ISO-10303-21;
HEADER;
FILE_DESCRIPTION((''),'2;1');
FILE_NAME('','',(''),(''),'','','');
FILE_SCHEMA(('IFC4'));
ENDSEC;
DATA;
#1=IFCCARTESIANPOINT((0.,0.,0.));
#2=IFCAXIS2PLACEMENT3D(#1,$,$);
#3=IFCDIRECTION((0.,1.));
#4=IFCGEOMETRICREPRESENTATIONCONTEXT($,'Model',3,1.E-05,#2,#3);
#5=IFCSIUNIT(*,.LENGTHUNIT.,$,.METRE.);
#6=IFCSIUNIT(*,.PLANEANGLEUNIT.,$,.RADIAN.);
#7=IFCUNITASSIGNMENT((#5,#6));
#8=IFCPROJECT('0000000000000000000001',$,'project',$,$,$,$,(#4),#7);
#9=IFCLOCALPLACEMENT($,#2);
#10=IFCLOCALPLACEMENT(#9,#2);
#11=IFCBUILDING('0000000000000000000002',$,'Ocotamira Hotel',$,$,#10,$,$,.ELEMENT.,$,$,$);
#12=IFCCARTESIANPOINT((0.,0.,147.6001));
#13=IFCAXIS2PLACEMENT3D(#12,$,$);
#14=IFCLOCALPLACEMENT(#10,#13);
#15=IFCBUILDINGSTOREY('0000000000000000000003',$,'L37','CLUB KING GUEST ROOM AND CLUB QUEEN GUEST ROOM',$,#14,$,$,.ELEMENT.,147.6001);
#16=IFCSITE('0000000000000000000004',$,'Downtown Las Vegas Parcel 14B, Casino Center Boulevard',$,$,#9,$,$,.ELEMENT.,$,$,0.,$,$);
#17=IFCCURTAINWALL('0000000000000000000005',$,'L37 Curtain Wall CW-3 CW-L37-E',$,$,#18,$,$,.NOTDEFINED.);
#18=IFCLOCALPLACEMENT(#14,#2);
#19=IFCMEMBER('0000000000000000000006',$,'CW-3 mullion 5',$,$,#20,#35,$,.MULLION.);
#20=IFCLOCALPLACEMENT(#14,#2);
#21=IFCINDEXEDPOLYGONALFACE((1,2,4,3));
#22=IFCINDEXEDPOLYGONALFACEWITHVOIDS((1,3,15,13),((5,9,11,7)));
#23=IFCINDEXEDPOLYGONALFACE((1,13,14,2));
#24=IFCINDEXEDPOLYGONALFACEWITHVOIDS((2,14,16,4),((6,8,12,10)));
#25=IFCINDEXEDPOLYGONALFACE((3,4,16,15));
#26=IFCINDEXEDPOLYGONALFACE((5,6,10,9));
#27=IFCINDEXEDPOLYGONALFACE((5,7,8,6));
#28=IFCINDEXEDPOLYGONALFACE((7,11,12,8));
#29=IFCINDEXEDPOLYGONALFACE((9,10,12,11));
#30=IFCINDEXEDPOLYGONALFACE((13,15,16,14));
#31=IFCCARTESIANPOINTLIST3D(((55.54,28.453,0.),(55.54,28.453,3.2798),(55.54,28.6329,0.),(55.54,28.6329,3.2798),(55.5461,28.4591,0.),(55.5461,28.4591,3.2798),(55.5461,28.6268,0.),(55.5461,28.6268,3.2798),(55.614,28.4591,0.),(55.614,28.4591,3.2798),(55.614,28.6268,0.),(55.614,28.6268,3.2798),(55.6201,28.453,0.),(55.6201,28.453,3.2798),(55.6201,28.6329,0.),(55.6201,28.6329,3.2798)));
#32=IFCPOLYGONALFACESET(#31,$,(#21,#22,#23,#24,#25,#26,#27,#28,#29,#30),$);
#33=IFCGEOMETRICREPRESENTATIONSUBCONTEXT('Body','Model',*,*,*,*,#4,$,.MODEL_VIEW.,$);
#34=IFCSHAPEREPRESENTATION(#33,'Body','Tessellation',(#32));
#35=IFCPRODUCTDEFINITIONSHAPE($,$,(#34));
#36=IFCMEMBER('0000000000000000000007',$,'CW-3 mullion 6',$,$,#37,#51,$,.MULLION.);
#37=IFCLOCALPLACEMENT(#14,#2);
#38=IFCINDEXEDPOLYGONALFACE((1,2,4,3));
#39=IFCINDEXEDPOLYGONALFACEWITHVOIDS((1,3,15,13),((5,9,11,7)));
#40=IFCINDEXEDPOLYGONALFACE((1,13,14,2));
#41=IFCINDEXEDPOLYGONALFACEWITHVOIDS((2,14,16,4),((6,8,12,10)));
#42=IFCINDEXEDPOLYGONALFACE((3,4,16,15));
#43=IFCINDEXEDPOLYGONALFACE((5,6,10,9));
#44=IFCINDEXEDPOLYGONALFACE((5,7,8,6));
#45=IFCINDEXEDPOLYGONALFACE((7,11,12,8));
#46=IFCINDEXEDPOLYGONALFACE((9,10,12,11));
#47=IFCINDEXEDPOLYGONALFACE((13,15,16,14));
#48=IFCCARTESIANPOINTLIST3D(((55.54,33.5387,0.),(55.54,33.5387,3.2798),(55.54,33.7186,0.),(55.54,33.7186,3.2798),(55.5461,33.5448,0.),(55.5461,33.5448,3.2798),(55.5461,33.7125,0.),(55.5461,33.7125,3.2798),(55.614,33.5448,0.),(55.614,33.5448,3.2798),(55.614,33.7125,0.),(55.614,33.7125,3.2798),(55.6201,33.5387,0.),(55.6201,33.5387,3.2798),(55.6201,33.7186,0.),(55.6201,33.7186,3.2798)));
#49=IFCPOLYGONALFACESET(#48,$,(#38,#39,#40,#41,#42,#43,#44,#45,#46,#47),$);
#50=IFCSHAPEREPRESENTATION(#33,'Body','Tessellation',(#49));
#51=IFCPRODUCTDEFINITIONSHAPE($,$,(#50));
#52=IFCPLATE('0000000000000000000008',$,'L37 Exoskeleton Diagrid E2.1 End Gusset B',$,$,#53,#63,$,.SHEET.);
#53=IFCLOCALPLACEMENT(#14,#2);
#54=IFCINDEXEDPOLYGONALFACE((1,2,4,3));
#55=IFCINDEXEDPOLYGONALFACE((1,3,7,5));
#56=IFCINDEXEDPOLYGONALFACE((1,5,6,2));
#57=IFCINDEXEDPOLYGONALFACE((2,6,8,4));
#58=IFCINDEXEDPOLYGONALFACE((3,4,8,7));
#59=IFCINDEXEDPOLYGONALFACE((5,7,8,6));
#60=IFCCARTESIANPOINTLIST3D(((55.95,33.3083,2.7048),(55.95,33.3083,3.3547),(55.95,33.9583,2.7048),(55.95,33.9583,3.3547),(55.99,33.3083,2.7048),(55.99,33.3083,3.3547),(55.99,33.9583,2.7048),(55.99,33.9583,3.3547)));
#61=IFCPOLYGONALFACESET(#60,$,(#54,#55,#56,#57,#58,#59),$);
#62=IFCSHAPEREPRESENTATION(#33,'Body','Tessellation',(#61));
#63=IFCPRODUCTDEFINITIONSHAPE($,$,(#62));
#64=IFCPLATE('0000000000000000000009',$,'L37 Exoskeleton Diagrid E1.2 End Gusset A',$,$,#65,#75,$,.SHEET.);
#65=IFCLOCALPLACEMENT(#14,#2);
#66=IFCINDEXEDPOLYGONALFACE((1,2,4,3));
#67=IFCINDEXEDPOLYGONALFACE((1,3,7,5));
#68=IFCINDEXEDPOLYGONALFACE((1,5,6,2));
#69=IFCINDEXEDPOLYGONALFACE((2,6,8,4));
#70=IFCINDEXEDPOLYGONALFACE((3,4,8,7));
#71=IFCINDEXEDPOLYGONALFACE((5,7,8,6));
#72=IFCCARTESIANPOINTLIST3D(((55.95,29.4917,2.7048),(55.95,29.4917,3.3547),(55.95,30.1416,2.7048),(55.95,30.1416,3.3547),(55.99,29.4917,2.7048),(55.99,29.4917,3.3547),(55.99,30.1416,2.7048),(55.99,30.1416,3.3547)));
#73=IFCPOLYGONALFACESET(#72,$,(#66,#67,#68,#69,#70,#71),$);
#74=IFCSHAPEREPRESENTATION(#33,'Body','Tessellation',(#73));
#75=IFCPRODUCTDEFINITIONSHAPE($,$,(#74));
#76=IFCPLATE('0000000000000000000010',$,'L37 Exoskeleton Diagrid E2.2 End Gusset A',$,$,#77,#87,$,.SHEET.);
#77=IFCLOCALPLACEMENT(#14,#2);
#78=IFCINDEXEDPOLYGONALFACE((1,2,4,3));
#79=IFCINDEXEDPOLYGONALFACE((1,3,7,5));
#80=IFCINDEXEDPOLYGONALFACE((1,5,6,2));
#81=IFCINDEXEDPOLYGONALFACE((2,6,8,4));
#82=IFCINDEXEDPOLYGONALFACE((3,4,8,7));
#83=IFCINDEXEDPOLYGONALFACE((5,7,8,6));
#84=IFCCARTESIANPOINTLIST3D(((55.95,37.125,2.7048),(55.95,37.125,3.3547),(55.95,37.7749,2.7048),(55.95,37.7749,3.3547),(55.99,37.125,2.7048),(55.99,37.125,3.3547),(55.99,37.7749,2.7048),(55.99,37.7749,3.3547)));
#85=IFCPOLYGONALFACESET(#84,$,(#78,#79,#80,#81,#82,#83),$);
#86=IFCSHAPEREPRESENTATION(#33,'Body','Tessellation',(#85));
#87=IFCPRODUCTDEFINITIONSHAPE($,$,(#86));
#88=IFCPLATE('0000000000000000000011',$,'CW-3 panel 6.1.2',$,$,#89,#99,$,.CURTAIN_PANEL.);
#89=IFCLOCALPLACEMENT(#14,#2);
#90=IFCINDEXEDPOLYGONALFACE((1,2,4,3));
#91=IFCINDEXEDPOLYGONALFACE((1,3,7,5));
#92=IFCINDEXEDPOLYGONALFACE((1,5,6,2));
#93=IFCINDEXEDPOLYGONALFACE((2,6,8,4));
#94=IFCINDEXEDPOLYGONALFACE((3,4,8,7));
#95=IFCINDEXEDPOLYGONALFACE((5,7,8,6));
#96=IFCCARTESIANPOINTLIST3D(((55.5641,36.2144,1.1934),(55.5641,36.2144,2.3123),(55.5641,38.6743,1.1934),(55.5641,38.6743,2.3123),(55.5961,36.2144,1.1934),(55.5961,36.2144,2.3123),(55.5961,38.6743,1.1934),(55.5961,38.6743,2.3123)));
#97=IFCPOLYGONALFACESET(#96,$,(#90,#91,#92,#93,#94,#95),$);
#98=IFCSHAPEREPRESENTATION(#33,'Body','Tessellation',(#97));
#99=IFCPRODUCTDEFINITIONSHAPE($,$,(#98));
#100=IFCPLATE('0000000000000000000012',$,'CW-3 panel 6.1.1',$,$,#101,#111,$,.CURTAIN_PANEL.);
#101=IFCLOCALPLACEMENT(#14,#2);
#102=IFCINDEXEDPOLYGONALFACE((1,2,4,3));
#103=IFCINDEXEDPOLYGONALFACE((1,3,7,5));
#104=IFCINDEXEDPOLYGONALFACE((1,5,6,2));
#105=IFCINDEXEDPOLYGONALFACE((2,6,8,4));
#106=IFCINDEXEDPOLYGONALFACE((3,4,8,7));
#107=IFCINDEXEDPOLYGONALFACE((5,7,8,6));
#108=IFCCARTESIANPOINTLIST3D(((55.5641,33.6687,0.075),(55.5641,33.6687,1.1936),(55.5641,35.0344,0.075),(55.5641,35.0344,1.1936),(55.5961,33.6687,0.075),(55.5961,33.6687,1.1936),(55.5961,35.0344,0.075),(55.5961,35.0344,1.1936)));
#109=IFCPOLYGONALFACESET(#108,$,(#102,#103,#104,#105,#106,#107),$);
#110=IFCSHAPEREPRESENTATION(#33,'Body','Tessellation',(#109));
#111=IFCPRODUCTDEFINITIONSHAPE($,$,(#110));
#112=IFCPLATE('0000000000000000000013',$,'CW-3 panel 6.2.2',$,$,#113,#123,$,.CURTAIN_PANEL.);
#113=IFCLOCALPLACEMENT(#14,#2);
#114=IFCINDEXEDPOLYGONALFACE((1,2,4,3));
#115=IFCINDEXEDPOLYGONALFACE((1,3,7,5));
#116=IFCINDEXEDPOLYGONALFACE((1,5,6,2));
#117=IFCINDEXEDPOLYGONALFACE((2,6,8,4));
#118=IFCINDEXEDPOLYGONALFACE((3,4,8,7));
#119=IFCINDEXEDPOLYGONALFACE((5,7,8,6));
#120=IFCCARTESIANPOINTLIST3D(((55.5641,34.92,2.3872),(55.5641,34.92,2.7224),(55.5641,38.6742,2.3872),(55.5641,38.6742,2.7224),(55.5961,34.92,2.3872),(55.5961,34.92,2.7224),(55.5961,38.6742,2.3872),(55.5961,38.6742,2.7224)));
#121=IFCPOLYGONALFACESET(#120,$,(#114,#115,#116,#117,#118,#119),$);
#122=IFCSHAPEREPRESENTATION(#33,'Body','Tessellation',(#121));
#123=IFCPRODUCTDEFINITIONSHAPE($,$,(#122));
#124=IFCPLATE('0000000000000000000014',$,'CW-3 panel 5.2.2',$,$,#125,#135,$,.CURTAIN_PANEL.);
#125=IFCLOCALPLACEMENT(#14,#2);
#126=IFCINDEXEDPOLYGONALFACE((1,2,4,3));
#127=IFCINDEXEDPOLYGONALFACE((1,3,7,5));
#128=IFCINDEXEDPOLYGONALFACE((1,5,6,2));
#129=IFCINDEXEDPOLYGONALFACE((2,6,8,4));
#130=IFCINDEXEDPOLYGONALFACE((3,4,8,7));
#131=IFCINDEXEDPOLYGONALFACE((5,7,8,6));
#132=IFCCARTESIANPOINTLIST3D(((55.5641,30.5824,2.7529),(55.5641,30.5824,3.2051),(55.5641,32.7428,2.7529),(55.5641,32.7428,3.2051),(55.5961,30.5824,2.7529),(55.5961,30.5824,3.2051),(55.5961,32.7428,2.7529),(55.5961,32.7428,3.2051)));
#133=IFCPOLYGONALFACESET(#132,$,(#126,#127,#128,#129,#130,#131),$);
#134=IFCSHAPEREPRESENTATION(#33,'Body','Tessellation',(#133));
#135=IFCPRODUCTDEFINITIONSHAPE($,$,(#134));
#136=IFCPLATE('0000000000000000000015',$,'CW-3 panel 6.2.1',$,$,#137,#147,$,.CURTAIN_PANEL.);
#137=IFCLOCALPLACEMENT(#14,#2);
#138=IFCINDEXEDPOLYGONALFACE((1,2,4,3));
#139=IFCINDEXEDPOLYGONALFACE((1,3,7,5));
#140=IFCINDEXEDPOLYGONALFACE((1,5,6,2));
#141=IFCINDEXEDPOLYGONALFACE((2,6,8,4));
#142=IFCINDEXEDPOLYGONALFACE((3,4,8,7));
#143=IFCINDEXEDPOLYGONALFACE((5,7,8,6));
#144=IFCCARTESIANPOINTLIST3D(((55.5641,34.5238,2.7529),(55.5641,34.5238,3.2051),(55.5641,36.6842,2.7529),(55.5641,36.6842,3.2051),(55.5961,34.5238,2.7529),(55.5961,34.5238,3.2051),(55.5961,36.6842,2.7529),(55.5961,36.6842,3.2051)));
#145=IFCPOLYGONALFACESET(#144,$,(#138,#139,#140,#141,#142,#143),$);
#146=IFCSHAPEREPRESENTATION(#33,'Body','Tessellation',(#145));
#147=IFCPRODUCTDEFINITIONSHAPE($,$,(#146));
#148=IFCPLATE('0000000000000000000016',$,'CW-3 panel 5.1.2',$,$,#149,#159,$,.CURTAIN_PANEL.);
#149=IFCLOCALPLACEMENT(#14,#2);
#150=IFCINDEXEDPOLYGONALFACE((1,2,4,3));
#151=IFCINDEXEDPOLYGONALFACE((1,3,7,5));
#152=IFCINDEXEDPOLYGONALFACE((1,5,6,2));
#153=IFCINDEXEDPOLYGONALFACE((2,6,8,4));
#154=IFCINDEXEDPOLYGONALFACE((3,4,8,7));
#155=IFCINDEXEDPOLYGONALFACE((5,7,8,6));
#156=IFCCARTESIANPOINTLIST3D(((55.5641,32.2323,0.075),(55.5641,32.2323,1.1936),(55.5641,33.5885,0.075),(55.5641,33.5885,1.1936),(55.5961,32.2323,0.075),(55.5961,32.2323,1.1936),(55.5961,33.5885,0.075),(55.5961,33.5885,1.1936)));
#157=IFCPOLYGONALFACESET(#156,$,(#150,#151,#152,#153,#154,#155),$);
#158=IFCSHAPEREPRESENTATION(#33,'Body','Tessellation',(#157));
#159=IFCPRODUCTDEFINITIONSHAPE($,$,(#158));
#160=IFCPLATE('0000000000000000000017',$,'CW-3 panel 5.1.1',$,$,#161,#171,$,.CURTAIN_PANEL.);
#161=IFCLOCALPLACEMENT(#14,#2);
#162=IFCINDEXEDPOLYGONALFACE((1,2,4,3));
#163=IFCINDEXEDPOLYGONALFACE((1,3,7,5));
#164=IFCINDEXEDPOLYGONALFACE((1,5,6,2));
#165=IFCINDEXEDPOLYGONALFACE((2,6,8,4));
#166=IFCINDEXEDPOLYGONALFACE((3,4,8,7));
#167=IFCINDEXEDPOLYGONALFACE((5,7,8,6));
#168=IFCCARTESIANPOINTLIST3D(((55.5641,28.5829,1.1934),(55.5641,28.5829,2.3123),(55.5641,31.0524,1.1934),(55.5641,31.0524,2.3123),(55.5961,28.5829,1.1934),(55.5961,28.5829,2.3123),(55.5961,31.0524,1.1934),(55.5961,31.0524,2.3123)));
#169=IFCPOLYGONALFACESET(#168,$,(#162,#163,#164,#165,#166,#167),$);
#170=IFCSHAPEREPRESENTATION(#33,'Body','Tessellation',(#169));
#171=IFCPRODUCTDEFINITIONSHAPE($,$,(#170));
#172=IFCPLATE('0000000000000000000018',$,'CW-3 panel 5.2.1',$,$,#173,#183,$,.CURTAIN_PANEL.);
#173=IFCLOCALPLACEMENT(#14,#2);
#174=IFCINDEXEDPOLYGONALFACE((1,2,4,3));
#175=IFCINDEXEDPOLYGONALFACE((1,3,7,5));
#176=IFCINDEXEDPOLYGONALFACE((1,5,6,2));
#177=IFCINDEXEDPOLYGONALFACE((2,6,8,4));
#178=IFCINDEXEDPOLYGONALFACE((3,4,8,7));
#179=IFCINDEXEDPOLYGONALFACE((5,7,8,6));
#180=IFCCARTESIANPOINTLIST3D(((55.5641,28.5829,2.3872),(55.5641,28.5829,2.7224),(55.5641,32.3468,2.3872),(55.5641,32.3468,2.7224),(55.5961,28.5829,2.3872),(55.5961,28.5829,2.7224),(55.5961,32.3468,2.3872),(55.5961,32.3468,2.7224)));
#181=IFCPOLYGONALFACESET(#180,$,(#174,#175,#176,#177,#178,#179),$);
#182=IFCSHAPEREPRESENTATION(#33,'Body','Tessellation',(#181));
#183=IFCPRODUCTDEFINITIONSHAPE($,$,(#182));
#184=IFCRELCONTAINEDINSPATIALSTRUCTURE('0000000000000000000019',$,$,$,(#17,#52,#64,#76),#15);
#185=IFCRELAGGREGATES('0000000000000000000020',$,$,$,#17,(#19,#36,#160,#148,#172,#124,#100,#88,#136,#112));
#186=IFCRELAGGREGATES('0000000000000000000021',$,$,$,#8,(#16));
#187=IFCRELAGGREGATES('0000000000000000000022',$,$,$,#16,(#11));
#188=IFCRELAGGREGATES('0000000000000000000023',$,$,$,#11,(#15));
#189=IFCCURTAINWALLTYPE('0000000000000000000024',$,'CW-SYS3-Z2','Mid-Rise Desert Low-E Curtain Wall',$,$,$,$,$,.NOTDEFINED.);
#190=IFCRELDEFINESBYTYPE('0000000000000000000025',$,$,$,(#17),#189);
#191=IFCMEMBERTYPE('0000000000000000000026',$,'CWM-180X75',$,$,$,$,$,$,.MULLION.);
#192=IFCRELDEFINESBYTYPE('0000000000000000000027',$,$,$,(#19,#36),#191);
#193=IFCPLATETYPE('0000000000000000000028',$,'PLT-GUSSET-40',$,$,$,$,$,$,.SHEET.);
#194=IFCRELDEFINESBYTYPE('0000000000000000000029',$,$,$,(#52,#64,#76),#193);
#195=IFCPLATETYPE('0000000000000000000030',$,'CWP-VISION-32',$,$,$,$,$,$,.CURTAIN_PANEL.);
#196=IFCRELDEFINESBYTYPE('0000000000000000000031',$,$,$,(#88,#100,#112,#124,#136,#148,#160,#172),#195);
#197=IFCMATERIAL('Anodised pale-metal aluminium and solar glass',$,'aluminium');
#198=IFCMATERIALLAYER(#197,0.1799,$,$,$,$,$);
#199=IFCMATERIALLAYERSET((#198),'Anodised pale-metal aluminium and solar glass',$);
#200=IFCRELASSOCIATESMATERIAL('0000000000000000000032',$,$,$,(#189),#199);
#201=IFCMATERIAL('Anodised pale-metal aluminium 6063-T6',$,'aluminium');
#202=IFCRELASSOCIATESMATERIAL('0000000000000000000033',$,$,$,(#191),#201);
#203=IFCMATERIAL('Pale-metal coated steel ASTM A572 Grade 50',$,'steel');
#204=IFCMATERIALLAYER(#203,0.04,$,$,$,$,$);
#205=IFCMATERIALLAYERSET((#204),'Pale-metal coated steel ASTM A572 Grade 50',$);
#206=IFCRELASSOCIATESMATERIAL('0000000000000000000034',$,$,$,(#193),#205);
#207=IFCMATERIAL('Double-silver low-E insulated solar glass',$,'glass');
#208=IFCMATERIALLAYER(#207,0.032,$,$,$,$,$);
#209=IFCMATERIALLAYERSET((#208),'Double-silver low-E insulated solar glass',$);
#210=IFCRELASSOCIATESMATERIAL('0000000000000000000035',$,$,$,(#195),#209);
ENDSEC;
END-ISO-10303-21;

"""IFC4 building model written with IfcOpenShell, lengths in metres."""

from ifc_helpers import new_model, si_unit, direction, frame, origin, origin_2d, place, context, subcontext, project, spatial, rectangle, hollow_rectangle, extrude, source, transform, mapped, material, layer, layer_set, material_profile, profile_set, type_object, element, aggregate, save


model = new_model("IFC4")

# Units and contexts
model_context = context("Model", 3, precision=1e-05, world=origin(), true_north=direction((0.0, 1.0)))
body_context = subcontext(model_context, "Body", "Model", "MODEL_VIEW")
ifc_project = project(units=[si_unit("LENGTHUNIT", "METRE"), si_unit("PLANEANGLEUNIT", "RADIAN")], contexts=[model_context])

# Site, building, storey
site_placement = place(None, origin())
site = spatial("IfcSite", under=ifc_project, at=site_placement, Name="Downtown Las Vegas Parcel 14B, Casino Center Boulevard", CompositionType="ELEMENT", RefElevation=0.0)
building_placement = place(site_placement, origin())
building = spatial("IfcBuilding", under=site, at=building_placement, Name="Ocotamira Hotel", CompositionType="ELEMENT")
storey_placement = place(building_placement, frame((0.0, 0.0, 147.6001)))
storey = spatial("IfcBuildingStorey", under=building, at=storey_placement, Name="L37", Description="CLUB KING GUEST ROOM AND CLUB QUEEN GUEST ROOM", CompositionType="ELEMENT", Elevation=147.6001)

# Curtain wall, members
ifc_material_1 = material(Name="Anodised pale-metal aluminium and solar glass", Category="aluminium")
ifc_layer_1 = layer(ifc_material_1, 0.1799)
ifc_layer_set_1 = layer_set([ifc_layer_1], Name="Anodised pale-metal aluminium and solar glass")
curtain_wall_type = type_object("IfcCurtainWallType", Name="CW-SYS3-Z2", Description="Mid-Rise Desert Low-E Curtain Wall", PredefinedType="NOTDEFINED", material=ifc_layer_set_1)
curtain_wall_placement = place(storey_placement, origin())
curtain_wall = element("IfcCurtainWall", 1, at=curtain_wall_placement, inside=storey, type_object=curtain_wall_type, Name="L37 Curtain Wall CW-3 CW-L37-E", PredefinedType="NOTDEFINED")
ifc_material_2 = material(Name="Anodised pale-metal aluminium 6063-T6", Category="aluminium")
ifc_material_profile_1 = material_profile(ifc_material_2, hollow_rectangle(XDim=0.0801, YDim=0.1799, WallThickness=0.0061, at=origin_2d()), Name="HSS180X80X6")
ifc_profile_set_1 = profile_set([ifc_material_profile_1], Name="Anodised pale-metal aluminium 6063-T6")
member_type_1 = type_object("IfcMemberType", Name="CWM-180X75", PredefinedType="MULLION", material=ifc_profile_set_1)
shared_shape_1 = source(origin(), body_context, "Body", "SweptSolid", [
    extrude(hollow_rectangle(XDim=0.0801, YDim=0.1799, WallThickness=0.0061, at=origin_2d()), origin(), (0.0, 0.0, 1.0), 3.2798),
])
member_1_placement = place(storey_placement, frame((55.5801, 28.543, 0.0), z_axis=(0.0, 0.0, 1.0), x_axis=(-1.0, 0.0, 0.0)))
member_1 = element("IfcMember", 2, at=member_1_placement, type_object=member_type_1, Name="CW-3 mullion 5", PredefinedType="MULLION", context=body_context, shape_type="MappedRepresentation", body=[
    mapped(shared_shape_1, transform((0.0, 0.0, 0.0), scale=1.0)),
])
member_2_placement = place(storey_placement, frame((55.5801, 33.6287, 0.0), z_axis=(0.0, 0.0, 1.0), x_axis=(-1.0, 0.0, 0.0)))
member_2 = element("IfcMember", 3, at=member_2_placement, type_object=member_type_1, Name="CW-3 mullion 6", PredefinedType="MULLION", context=body_context, shape_type="MappedRepresentation", body=[
    mapped(shared_shape_1, transform((0.0, 0.0, 0.0), scale=1.0)),
])

# Plates
ifc_material_3 = material(Name="Pale-metal coated steel ASTM A572 Grade 50", Category="steel")
ifc_layer_2 = layer(ifc_material_3, 0.04)
ifc_layer_set_2 = layer_set([ifc_layer_2], Name="Pale-metal coated steel ASTM A572 Grade 50")
plate_type_1 = type_object("IfcPlateType", Name="PLT-GUSSET-40", PredefinedType="SHEET", material=ifc_layer_set_2)
shared_shape_2 = source(origin(), body_context, "Body", "SweptSolid", [
    extrude(rectangle(XDim=0.04, YDim=0.6499, at=origin_2d()), origin(), (0.0, 0.0, 1.0), 0.6499),
])
for number, where, z_axis, x_axis, name in (
    (4, (55.97, 33.6333, 2.7048), (0.0, 0.0, 1.0), (1.0, 0.0, 0.0), "L37 Exoskeleton Diagrid E2.1 End Gusset B"),
    (5, (55.97, 29.8167, 2.7048), (0.0, 0.0, 1.0), (1.0, 0.0, 0.0), "L37 Exoskeleton Diagrid E1.2 End Gusset A"),
    (6, (55.97, 37.45, 2.7048), (0.0, 0.0, 1.0), (1.0, 0.0, 0.0), "L37 Exoskeleton Diagrid E2.2 End Gusset A"),
):
    element("IfcPlate", number, at=place(storey_placement, frame(where, z_axis=z_axis, x_axis=x_axis)), inside=storey, type_object=plate_type_1, Name=name, PredefinedType="SHEET", context=body_context, shape_type="MappedRepresentation", body=[
        mapped(shared_shape_2, transform((0.0, 0.0, 0.0), scale=1.0)),
    ])

# Plates
ifc_material_4 = material(Name="Double-silver low-E insulated solar glass", Category="glass")
ifc_layer_3 = layer(ifc_material_4, 0.032)
ifc_layer_set_3 = layer_set([ifc_layer_3], Name="Double-silver low-E insulated solar glass")
plate_type_2 = type_object("IfcPlateType", Name="CWP-VISION-32", PredefinedType="CURTAIN_PANEL", material=ifc_layer_set_3)
shared_shape_3 = source(origin(), body_context, "Body", "SweptSolid", [
    extrude(rectangle(XDim=2.46, YDim=0.032, at=origin_2d()), origin(), (0.0, 0.0, 1.0), 1.1189),
])
plate_1_placement = place(storey_placement, frame((55.5801, 37.4443, 1.1934), z_axis=(0.0, 0.0, 1.0), x_axis=(0.0, 1.0, 0.0)))
plate_1 = element("IfcPlate", 7, at=plate_1_placement, type_object=plate_type_2, Name="CW-3 panel 6.1.2", PredefinedType="CURTAIN_PANEL", context=body_context, shape_type="MappedRepresentation", body=[
    mapped(shared_shape_3, transform((0.0, 0.0, 0.0), scale=1.0)),
])
shared_shape_4 = source(origin(), body_context, "Body", "SweptSolid", [
    extrude(rectangle(XDim=1.3657, YDim=0.032, at=origin_2d()), origin(), (0.0, 0.0, 1.0), 1.1187),
])
plate_2_placement = place(storey_placement, frame((55.5801, 34.3516, 0.075), z_axis=(0.0, 0.0, 1.0), x_axis=(0.0, 1.0, 0.0)))
plate_2 = element("IfcPlate", 8, at=plate_2_placement, type_object=plate_type_2, Name="CW-3 panel 6.1.1", PredefinedType="CURTAIN_PANEL", context=body_context, shape_type="MappedRepresentation", body=[
    mapped(shared_shape_4, transform((0.0, 0.0, 0.0), scale=1.0)),
])
shared_shape_5 = source(origin(), body_context, "Body", "SweptSolid", [
    extrude(rectangle(XDim=3.7542, YDim=0.032, at=origin_2d()), origin(), (0.0, 0.0, 1.0), 0.3352),
])
plate_3_placement = place(storey_placement, frame((55.5801, 36.7971, 2.3872), z_axis=(0.0, 0.0, 1.0), x_axis=(0.0, 1.0, 0.0)))
plate_3 = element("IfcPlate", 9, at=plate_3_placement, type_object=plate_type_2, Name="CW-3 panel 6.2.2", PredefinedType="CURTAIN_PANEL", context=body_context, shape_type="MappedRepresentation", body=[
    mapped(shared_shape_5, transform((0.0, 0.0, 0.0), scale=1.0)),
])
shared_shape_6 = source(origin(), body_context, "Body", "SweptSolid", [
    extrude(rectangle(XDim=2.1604, YDim=0.032, at=origin_2d()), origin(), (0.0, 0.0, 1.0), 0.4521),
])
plate_4_placement = place(storey_placement, frame((55.5801, 31.6626, 2.7529), z_axis=(0.0, 0.0, 1.0), x_axis=(0.0, 1.0, 0.0)))
plate_4 = element("IfcPlate", 10, at=plate_4_placement, type_object=plate_type_2, Name="CW-3 panel 5.2.2", PredefinedType="CURTAIN_PANEL", context=body_context, shape_type="MappedRepresentation", body=[
    mapped(shared_shape_6, transform((0.0, 0.0, 0.0), scale=1.0)),
])
plate_5_placement = place(storey_placement, frame((55.5801, 35.604, 2.7529), z_axis=(0.0, 0.0, 1.0), x_axis=(0.0, 1.0, 0.0)))
plate_5 = element("IfcPlate", 11, at=plate_5_placement, type_object=plate_type_2, Name="CW-3 panel 6.2.1", PredefinedType="CURTAIN_PANEL", context=body_context, shape_type="MappedRepresentation", body=[
    mapped(shared_shape_6, transform((0.0, 0.0, 0.0), scale=1.0)),
])
shared_shape_7 = source(origin(), body_context, "Body", "SweptSolid", [
    extrude(rectangle(XDim=1.3562, YDim=0.032, at=origin_2d()), origin(), (0.0, 0.0, 1.0), 1.1187),
])
plate_6_placement = place(storey_placement, frame((55.5801, 32.9104, 0.075), z_axis=(0.0, 0.0, 1.0), x_axis=(0.0, 1.0, 0.0)))
plate_6 = element("IfcPlate", 12, at=plate_6_placement, type_object=plate_type_2, Name="CW-3 panel 5.1.2", PredefinedType="CURTAIN_PANEL", context=body_context, shape_type="MappedRepresentation", body=[
    mapped(shared_shape_7, transform((0.0, 0.0, 0.0), scale=1.0)),
])
shared_shape_8 = source(origin(), body_context, "Body", "SweptSolid", [
    extrude(rectangle(XDim=2.4695, YDim=0.032, at=origin_2d()), origin(), (0.0, 0.0, 1.0), 1.1189),
])
plate_7_placement = place(storey_placement, frame((55.5801, 29.8176, 1.1934), z_axis=(0.0, 0.0, 1.0), x_axis=(0.0, 1.0, 0.0)))
plate_7 = element("IfcPlate", 13, at=plate_7_placement, type_object=plate_type_2, Name="CW-3 panel 5.1.1", PredefinedType="CURTAIN_PANEL", context=body_context, shape_type="MappedRepresentation", body=[
    mapped(shared_shape_8, transform((0.0, 0.0, 0.0), scale=1.0)),
])
shared_shape_9 = source(origin(), body_context, "Body", "SweptSolid", [
    extrude(rectangle(XDim=3.7639, YDim=0.032, at=origin_2d()), origin(), (0.0, 0.0, 1.0), 0.3352),
])
plate_8_placement = place(storey_placement, frame((55.5801, 30.4648, 2.3872), z_axis=(0.0, 0.0, 1.0), x_axis=(0.0, 1.0, 0.0)))
plate_8 = element("IfcPlate", 14, at=plate_8_placement, type_object=plate_type_2, Name="CW-3 panel 5.2.1", PredefinedType="CURTAIN_PANEL", context=body_context, shape_type="MappedRepresentation", body=[
    mapped(shared_shape_9, transform((0.0, 0.0, 0.0), scale=1.0)),
])
aggregate(curtain_wall, [member_1, member_2, plate_7, plate_6, plate_8, plate_4, plate_2, plate_1, plate_5, plate_3])

save(model, "model.ifc")
